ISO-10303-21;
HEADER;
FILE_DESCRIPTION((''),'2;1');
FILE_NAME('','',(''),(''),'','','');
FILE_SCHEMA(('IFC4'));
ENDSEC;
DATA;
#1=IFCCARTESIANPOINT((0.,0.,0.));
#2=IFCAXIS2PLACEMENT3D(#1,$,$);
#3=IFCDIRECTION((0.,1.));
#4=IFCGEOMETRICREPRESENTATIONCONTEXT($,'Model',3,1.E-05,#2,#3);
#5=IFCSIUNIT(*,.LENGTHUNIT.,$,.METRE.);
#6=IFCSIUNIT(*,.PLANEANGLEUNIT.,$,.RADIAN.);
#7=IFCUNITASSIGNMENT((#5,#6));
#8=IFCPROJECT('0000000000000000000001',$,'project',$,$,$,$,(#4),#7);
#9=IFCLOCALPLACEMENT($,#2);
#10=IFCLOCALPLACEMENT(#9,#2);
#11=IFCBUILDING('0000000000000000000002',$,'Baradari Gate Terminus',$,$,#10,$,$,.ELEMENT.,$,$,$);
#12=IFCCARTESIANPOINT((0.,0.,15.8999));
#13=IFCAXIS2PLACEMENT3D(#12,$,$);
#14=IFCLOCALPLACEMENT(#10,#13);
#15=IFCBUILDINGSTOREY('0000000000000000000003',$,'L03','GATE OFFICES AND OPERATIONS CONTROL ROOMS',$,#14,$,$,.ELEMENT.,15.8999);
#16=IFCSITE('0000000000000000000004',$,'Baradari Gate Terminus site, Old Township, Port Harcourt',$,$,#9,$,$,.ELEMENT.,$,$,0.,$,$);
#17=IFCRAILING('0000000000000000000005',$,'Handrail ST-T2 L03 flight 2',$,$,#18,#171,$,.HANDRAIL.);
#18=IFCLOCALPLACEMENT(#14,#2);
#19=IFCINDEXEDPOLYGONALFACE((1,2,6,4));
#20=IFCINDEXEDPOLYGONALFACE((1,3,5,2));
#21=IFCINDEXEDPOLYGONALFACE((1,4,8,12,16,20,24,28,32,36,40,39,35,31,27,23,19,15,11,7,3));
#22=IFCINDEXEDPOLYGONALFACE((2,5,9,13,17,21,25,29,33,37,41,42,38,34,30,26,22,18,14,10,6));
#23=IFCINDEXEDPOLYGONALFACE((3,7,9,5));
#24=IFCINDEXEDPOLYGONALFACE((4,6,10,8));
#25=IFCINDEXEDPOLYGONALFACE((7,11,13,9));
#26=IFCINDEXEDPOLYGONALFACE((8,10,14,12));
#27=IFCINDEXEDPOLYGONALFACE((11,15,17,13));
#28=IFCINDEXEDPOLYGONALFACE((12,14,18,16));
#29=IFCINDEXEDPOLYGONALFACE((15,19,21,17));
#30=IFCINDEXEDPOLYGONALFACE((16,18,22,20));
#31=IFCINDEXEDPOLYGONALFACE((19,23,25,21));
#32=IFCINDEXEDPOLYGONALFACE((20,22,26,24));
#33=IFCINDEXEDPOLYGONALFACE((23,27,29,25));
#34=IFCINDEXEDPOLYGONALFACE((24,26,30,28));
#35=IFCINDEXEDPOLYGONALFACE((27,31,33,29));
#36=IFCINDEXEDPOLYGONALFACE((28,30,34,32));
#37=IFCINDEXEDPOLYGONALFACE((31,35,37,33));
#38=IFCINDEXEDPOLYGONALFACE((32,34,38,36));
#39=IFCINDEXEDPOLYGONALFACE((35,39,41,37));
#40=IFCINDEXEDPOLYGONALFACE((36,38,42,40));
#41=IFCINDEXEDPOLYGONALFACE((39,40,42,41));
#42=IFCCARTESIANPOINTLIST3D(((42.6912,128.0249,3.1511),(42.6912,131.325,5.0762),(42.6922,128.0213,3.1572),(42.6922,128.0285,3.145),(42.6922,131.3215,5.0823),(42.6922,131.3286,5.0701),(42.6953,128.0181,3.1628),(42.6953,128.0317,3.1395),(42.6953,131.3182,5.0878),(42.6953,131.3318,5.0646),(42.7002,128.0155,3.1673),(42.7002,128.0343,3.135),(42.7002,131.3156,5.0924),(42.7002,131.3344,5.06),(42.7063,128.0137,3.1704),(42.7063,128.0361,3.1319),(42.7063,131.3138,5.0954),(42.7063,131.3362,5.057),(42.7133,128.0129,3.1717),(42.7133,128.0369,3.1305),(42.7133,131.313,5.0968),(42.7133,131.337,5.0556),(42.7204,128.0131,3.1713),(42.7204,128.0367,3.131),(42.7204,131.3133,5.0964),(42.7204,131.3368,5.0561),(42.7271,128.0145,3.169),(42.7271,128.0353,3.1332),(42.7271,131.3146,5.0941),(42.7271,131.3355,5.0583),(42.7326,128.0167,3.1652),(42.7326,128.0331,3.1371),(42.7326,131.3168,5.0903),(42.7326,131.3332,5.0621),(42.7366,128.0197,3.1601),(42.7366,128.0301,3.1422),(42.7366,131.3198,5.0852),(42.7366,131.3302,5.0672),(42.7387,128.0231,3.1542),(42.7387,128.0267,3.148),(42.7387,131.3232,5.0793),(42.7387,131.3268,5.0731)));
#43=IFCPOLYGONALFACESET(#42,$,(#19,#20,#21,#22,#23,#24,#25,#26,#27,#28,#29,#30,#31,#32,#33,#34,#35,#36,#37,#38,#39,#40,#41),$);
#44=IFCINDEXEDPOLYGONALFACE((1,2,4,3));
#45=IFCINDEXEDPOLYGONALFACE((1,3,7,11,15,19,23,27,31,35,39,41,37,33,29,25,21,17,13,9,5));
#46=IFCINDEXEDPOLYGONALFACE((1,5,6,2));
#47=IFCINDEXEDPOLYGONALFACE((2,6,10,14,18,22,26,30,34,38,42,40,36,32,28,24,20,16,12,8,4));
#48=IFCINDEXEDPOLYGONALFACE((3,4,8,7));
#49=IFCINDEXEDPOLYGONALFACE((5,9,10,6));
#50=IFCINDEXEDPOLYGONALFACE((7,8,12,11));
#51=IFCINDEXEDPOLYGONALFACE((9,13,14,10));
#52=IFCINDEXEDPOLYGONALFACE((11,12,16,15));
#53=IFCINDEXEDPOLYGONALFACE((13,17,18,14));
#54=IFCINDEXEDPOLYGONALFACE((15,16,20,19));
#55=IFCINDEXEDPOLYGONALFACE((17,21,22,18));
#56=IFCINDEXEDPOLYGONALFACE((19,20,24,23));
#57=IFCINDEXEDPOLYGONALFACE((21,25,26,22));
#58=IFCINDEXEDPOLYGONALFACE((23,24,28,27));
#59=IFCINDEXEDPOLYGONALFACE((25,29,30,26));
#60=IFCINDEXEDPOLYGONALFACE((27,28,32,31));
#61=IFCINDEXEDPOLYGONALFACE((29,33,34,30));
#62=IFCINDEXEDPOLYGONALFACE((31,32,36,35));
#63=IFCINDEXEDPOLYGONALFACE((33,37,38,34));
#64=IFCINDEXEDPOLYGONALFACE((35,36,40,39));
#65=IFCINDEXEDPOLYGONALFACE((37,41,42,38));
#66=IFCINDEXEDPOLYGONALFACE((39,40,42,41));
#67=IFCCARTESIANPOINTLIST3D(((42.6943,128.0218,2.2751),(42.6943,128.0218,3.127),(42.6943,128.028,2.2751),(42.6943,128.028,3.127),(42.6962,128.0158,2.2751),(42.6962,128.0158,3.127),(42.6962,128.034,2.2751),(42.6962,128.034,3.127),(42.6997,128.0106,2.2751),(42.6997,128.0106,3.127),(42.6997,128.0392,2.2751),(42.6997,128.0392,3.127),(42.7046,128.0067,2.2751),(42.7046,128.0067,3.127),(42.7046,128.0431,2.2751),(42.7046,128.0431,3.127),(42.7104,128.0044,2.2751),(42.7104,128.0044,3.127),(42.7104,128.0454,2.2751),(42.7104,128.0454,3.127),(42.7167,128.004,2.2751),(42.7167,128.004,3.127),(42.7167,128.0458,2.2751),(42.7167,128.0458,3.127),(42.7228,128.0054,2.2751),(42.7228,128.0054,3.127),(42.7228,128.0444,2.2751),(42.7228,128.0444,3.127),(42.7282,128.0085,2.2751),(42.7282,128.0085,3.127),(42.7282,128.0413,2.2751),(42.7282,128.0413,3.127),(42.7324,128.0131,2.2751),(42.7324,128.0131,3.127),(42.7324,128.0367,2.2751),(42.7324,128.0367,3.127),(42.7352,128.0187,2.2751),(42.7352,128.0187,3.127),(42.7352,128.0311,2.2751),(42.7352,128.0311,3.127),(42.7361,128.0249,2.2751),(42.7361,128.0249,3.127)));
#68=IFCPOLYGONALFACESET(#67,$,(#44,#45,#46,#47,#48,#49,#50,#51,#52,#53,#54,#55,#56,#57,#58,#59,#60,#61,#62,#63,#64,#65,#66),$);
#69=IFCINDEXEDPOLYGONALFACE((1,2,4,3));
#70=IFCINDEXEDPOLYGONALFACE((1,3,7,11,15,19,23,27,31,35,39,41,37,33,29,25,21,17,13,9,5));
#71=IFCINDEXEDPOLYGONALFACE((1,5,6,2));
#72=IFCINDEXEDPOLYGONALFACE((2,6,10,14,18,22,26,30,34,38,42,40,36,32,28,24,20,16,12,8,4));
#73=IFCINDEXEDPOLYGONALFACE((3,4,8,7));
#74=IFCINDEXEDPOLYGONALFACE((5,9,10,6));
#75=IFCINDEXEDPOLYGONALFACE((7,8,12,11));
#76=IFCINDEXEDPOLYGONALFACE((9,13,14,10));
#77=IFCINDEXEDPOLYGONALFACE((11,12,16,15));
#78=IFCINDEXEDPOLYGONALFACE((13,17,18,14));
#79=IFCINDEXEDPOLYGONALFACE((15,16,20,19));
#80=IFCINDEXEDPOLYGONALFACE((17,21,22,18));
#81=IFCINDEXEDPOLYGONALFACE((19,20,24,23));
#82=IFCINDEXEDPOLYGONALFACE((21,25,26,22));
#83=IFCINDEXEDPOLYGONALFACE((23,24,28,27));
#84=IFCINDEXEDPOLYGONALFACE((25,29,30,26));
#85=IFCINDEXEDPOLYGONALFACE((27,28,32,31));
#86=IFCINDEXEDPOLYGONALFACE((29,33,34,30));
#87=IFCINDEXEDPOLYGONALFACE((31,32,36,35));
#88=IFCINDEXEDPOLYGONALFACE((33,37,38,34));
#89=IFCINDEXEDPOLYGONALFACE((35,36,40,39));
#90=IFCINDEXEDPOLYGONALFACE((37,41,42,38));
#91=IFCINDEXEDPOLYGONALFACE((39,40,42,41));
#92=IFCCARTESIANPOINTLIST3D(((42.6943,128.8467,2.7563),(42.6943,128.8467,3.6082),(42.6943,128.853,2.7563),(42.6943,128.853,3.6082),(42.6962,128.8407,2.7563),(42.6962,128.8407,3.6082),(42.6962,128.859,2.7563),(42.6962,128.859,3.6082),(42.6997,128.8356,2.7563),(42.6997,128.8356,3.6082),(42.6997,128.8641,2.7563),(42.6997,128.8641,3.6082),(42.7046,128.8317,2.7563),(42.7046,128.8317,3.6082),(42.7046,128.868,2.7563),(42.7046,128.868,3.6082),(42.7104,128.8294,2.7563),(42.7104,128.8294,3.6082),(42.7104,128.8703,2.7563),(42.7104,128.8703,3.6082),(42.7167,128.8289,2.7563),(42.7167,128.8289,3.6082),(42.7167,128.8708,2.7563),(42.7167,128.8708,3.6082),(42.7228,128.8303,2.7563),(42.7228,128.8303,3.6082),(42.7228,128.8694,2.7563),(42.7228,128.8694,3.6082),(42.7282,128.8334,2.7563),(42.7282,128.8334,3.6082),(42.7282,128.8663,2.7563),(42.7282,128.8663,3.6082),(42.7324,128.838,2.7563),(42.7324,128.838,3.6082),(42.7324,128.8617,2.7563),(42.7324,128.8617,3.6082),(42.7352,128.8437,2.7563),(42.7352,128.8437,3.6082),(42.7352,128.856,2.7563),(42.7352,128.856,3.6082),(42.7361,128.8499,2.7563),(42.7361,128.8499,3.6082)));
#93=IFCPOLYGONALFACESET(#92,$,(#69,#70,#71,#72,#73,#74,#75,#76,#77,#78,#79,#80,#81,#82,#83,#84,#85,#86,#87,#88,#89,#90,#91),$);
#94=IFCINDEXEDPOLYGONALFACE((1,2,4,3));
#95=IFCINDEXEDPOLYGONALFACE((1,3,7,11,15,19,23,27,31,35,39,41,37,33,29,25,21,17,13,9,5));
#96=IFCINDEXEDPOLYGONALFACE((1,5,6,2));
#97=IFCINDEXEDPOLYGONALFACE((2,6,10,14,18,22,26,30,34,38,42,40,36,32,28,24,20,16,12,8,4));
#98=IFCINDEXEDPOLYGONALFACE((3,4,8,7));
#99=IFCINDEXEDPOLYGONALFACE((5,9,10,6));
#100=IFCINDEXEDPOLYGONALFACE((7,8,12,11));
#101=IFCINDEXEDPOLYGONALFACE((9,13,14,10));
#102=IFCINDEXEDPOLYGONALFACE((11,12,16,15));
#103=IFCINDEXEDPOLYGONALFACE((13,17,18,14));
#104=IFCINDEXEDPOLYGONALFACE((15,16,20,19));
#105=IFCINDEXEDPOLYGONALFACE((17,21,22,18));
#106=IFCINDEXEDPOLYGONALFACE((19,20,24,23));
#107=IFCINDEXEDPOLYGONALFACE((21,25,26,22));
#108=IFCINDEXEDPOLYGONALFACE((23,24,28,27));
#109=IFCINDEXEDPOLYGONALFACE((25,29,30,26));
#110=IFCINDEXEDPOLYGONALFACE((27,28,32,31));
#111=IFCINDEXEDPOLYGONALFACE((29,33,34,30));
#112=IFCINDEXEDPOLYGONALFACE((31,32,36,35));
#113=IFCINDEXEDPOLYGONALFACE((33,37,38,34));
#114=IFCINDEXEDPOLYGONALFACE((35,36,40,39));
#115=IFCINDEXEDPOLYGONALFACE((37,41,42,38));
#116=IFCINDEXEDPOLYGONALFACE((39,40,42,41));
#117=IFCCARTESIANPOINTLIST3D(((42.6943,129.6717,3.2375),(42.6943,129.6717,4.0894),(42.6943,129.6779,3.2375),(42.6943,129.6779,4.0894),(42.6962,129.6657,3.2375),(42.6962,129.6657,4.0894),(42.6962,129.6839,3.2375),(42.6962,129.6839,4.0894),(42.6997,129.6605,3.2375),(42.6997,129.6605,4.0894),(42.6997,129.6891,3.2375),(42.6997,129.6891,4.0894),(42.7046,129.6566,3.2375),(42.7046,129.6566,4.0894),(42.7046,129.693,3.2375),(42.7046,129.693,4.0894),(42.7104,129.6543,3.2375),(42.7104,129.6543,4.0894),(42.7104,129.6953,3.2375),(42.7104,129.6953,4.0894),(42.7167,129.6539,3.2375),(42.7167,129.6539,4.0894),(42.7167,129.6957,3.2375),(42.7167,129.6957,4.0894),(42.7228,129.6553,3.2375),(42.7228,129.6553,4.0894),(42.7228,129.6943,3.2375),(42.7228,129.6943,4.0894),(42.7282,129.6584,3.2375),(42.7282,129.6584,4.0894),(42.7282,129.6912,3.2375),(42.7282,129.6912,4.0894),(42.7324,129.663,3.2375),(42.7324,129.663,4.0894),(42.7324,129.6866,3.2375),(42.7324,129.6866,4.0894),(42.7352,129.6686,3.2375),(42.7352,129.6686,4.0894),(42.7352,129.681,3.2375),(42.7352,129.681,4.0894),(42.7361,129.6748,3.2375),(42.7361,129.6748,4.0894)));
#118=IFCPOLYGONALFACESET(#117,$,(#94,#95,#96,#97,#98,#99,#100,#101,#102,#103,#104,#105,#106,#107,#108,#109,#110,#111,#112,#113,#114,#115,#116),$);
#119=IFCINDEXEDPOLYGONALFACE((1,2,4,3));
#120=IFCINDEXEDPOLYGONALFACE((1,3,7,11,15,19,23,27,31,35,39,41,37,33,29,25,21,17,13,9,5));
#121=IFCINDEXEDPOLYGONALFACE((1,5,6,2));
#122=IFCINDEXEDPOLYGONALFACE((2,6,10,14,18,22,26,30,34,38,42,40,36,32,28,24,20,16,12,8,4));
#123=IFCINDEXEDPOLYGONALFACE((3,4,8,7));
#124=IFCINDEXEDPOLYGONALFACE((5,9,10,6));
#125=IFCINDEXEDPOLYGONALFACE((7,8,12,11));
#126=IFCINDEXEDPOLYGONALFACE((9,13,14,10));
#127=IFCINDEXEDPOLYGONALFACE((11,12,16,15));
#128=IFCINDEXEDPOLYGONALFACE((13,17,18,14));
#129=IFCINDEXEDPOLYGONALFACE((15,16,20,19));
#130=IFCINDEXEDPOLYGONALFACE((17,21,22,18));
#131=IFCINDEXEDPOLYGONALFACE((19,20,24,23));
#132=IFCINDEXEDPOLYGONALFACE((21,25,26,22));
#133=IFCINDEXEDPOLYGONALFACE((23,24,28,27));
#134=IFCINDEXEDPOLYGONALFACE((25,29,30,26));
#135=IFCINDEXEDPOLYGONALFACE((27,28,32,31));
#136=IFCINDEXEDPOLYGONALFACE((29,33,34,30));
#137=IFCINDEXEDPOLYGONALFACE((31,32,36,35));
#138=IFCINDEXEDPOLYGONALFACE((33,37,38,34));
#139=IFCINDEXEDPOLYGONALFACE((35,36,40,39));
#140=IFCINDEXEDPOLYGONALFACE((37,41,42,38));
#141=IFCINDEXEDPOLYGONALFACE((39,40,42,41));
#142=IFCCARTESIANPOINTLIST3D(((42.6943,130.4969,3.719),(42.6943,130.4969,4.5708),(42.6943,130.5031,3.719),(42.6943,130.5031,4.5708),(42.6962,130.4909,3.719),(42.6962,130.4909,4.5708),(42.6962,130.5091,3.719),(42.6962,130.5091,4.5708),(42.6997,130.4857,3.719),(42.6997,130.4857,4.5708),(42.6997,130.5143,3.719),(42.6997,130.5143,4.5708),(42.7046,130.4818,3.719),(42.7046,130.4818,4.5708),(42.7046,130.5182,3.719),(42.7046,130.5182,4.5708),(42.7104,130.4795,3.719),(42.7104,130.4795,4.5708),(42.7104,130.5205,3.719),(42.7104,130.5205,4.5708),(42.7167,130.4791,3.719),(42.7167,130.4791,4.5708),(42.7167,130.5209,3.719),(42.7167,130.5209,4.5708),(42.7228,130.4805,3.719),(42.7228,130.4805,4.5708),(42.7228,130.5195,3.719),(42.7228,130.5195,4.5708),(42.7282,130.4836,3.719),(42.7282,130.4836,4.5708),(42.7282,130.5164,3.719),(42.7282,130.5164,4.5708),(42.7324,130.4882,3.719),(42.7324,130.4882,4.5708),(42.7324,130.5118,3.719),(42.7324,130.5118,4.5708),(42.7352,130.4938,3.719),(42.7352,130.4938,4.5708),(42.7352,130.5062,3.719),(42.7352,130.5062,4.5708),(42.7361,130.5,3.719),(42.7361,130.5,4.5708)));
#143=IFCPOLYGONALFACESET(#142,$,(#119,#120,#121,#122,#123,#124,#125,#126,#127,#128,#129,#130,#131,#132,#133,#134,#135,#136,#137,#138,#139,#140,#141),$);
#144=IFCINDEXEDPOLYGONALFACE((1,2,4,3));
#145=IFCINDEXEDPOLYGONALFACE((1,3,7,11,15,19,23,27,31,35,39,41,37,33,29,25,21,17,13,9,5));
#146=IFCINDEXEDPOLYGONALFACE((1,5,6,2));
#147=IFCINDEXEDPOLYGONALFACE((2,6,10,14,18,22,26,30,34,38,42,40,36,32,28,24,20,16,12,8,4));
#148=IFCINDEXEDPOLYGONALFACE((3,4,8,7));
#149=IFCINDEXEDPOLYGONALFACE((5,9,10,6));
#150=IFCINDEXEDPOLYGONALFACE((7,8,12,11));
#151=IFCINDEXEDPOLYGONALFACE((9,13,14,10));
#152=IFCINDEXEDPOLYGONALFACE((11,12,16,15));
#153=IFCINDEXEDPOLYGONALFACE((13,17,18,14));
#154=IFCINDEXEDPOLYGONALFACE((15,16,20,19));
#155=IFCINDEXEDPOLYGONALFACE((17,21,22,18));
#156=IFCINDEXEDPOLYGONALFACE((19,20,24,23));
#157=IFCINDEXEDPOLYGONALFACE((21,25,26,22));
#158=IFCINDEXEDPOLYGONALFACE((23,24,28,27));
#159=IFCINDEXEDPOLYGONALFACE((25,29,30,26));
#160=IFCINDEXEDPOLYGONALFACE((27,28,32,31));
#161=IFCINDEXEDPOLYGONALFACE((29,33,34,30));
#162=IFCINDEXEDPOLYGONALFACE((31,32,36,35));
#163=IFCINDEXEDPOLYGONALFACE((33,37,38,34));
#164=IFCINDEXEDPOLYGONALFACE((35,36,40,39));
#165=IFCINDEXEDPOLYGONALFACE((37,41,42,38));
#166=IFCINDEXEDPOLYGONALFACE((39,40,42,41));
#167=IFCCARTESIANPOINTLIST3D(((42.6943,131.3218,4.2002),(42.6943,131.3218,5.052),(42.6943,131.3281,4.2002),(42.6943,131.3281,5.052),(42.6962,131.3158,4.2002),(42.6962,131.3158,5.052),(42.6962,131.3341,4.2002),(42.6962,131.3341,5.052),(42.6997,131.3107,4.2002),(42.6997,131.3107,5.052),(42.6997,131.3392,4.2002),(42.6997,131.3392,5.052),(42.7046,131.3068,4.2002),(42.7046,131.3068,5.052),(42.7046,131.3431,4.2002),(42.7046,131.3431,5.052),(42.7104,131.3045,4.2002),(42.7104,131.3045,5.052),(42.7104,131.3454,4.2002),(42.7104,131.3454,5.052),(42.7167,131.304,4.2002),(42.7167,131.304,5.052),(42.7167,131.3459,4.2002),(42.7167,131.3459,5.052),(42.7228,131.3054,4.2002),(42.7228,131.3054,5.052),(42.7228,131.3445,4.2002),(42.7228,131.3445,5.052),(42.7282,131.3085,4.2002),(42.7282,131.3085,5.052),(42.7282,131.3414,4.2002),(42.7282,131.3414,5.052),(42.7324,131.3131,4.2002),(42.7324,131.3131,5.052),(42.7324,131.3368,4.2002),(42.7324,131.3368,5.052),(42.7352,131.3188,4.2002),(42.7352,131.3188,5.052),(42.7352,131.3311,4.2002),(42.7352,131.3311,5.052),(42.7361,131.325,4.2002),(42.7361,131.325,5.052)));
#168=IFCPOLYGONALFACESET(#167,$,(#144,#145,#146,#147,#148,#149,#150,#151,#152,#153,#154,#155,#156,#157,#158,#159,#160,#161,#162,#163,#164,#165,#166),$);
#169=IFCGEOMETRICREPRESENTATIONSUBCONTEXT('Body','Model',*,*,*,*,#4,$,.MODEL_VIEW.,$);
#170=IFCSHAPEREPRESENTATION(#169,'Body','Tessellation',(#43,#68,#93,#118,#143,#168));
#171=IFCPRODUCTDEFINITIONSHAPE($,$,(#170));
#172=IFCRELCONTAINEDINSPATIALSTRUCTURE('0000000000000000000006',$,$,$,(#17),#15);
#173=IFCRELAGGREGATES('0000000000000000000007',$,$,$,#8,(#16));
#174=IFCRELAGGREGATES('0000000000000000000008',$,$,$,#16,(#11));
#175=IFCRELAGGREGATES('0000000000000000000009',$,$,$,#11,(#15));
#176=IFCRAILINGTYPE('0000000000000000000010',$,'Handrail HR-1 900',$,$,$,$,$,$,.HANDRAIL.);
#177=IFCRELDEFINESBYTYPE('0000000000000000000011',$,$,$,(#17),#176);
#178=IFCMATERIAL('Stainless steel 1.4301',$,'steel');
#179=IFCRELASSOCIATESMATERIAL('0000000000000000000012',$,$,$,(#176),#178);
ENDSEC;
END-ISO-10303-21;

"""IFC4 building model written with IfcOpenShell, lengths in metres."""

from ifc_helpers import new_model, si_unit, direction, frame, origin, origin_2d, place, context, subcontext, project, spatial, circle, extrude, material, type_object, element, save


model = new_model("IFC4")

# Units and contexts
model_context = context("Model", 3, precision=1e-05, world=origin(), true_north=direction((0.0, 1.0)))
body_context = subcontext(model_context, "Body", "Model", "MODEL_VIEW")
ifc_project = project(units=[si_unit("LENGTHUNIT", "METRE"), si_unit("PLANEANGLEUNIT", "RADIAN")], contexts=[model_context])

# Site, building, storey
site_placement = place(None, origin())
site = spatial("IfcSite", under=ifc_project, at=site_placement, Name="Baradari Gate Terminus site, Old Township, Port Harcourt", CompositionType="ELEMENT", RefElevation=0.0)
building_placement = place(site_placement, origin())
building = spatial("IfcBuilding", under=site, at=building_placement, Name="Baradari Gate Terminus", CompositionType="ELEMENT")
storey_placement = place(building_placement, frame((0.0, 0.0, 15.8999)))
storey = spatial("IfcBuildingStorey", under=building, at=storey_placement, Name="L03", Description="GATE OFFICES AND OPERATIONS CONTROL ROOMS", CompositionType="ELEMENT", Elevation=15.8999)

# Railing
ifc_material_1 = material(Name="Stainless steel 1.4301", Category="steel")
railing_type = type_object("IfcRailingType", Name="Handrail HR-1 900", PredefinedType="HANDRAIL", material=ifc_material_1)
for number, where, name in (
    (1, (42.7151, 128.0249, 2.2751), "Handrail ST-T2 L03 flight 2"),
):
    element("IfcRailing", number, at=place(storey_placement, frame(where)), inside=storey, type_object=railing_type, Name=name, PredefinedType="HANDRAIL", context=body_context, shape_type="SweptSolid", body=[
        extrude(circle(Radius=0.0239, at=origin_2d()), frame((0.0, 0.0, 0.876), z_axis=(0.0, 0.863777, 0.503875), x_axis=(-1.0, 0.0, 0.0)), (0.0, 0.0, 1.0), 3.8206),
        extrude(circle(Radius=0.021, at=origin_2d()), origin(), (0.0, 0.0, 1.0), 0.8518),
        extrude(circle(Radius=0.021, at=origin_2d()), frame((0.0, 0.825, 0.4812)), (0.0, 0.0, 1.0), 0.8518),
        extrude(circle(Radius=0.021, at=origin_2d()), frame((0.0, 1.6499, 0.9624)), (0.0, 0.0, 1.0), 0.8518),
        extrude(circle(Radius=0.021, at=origin_2d()), frame((0.0, 2.4751, 1.4438)), (0.0, 0.0, 1.0), 0.8518),
        extrude(circle(Radius=0.021, at=origin_2d()), frame((0.0, 3.3, 1.925)), (0.0, 0.0, 1.0), 0.8518),
    ])

save(model, "model.ifc")
